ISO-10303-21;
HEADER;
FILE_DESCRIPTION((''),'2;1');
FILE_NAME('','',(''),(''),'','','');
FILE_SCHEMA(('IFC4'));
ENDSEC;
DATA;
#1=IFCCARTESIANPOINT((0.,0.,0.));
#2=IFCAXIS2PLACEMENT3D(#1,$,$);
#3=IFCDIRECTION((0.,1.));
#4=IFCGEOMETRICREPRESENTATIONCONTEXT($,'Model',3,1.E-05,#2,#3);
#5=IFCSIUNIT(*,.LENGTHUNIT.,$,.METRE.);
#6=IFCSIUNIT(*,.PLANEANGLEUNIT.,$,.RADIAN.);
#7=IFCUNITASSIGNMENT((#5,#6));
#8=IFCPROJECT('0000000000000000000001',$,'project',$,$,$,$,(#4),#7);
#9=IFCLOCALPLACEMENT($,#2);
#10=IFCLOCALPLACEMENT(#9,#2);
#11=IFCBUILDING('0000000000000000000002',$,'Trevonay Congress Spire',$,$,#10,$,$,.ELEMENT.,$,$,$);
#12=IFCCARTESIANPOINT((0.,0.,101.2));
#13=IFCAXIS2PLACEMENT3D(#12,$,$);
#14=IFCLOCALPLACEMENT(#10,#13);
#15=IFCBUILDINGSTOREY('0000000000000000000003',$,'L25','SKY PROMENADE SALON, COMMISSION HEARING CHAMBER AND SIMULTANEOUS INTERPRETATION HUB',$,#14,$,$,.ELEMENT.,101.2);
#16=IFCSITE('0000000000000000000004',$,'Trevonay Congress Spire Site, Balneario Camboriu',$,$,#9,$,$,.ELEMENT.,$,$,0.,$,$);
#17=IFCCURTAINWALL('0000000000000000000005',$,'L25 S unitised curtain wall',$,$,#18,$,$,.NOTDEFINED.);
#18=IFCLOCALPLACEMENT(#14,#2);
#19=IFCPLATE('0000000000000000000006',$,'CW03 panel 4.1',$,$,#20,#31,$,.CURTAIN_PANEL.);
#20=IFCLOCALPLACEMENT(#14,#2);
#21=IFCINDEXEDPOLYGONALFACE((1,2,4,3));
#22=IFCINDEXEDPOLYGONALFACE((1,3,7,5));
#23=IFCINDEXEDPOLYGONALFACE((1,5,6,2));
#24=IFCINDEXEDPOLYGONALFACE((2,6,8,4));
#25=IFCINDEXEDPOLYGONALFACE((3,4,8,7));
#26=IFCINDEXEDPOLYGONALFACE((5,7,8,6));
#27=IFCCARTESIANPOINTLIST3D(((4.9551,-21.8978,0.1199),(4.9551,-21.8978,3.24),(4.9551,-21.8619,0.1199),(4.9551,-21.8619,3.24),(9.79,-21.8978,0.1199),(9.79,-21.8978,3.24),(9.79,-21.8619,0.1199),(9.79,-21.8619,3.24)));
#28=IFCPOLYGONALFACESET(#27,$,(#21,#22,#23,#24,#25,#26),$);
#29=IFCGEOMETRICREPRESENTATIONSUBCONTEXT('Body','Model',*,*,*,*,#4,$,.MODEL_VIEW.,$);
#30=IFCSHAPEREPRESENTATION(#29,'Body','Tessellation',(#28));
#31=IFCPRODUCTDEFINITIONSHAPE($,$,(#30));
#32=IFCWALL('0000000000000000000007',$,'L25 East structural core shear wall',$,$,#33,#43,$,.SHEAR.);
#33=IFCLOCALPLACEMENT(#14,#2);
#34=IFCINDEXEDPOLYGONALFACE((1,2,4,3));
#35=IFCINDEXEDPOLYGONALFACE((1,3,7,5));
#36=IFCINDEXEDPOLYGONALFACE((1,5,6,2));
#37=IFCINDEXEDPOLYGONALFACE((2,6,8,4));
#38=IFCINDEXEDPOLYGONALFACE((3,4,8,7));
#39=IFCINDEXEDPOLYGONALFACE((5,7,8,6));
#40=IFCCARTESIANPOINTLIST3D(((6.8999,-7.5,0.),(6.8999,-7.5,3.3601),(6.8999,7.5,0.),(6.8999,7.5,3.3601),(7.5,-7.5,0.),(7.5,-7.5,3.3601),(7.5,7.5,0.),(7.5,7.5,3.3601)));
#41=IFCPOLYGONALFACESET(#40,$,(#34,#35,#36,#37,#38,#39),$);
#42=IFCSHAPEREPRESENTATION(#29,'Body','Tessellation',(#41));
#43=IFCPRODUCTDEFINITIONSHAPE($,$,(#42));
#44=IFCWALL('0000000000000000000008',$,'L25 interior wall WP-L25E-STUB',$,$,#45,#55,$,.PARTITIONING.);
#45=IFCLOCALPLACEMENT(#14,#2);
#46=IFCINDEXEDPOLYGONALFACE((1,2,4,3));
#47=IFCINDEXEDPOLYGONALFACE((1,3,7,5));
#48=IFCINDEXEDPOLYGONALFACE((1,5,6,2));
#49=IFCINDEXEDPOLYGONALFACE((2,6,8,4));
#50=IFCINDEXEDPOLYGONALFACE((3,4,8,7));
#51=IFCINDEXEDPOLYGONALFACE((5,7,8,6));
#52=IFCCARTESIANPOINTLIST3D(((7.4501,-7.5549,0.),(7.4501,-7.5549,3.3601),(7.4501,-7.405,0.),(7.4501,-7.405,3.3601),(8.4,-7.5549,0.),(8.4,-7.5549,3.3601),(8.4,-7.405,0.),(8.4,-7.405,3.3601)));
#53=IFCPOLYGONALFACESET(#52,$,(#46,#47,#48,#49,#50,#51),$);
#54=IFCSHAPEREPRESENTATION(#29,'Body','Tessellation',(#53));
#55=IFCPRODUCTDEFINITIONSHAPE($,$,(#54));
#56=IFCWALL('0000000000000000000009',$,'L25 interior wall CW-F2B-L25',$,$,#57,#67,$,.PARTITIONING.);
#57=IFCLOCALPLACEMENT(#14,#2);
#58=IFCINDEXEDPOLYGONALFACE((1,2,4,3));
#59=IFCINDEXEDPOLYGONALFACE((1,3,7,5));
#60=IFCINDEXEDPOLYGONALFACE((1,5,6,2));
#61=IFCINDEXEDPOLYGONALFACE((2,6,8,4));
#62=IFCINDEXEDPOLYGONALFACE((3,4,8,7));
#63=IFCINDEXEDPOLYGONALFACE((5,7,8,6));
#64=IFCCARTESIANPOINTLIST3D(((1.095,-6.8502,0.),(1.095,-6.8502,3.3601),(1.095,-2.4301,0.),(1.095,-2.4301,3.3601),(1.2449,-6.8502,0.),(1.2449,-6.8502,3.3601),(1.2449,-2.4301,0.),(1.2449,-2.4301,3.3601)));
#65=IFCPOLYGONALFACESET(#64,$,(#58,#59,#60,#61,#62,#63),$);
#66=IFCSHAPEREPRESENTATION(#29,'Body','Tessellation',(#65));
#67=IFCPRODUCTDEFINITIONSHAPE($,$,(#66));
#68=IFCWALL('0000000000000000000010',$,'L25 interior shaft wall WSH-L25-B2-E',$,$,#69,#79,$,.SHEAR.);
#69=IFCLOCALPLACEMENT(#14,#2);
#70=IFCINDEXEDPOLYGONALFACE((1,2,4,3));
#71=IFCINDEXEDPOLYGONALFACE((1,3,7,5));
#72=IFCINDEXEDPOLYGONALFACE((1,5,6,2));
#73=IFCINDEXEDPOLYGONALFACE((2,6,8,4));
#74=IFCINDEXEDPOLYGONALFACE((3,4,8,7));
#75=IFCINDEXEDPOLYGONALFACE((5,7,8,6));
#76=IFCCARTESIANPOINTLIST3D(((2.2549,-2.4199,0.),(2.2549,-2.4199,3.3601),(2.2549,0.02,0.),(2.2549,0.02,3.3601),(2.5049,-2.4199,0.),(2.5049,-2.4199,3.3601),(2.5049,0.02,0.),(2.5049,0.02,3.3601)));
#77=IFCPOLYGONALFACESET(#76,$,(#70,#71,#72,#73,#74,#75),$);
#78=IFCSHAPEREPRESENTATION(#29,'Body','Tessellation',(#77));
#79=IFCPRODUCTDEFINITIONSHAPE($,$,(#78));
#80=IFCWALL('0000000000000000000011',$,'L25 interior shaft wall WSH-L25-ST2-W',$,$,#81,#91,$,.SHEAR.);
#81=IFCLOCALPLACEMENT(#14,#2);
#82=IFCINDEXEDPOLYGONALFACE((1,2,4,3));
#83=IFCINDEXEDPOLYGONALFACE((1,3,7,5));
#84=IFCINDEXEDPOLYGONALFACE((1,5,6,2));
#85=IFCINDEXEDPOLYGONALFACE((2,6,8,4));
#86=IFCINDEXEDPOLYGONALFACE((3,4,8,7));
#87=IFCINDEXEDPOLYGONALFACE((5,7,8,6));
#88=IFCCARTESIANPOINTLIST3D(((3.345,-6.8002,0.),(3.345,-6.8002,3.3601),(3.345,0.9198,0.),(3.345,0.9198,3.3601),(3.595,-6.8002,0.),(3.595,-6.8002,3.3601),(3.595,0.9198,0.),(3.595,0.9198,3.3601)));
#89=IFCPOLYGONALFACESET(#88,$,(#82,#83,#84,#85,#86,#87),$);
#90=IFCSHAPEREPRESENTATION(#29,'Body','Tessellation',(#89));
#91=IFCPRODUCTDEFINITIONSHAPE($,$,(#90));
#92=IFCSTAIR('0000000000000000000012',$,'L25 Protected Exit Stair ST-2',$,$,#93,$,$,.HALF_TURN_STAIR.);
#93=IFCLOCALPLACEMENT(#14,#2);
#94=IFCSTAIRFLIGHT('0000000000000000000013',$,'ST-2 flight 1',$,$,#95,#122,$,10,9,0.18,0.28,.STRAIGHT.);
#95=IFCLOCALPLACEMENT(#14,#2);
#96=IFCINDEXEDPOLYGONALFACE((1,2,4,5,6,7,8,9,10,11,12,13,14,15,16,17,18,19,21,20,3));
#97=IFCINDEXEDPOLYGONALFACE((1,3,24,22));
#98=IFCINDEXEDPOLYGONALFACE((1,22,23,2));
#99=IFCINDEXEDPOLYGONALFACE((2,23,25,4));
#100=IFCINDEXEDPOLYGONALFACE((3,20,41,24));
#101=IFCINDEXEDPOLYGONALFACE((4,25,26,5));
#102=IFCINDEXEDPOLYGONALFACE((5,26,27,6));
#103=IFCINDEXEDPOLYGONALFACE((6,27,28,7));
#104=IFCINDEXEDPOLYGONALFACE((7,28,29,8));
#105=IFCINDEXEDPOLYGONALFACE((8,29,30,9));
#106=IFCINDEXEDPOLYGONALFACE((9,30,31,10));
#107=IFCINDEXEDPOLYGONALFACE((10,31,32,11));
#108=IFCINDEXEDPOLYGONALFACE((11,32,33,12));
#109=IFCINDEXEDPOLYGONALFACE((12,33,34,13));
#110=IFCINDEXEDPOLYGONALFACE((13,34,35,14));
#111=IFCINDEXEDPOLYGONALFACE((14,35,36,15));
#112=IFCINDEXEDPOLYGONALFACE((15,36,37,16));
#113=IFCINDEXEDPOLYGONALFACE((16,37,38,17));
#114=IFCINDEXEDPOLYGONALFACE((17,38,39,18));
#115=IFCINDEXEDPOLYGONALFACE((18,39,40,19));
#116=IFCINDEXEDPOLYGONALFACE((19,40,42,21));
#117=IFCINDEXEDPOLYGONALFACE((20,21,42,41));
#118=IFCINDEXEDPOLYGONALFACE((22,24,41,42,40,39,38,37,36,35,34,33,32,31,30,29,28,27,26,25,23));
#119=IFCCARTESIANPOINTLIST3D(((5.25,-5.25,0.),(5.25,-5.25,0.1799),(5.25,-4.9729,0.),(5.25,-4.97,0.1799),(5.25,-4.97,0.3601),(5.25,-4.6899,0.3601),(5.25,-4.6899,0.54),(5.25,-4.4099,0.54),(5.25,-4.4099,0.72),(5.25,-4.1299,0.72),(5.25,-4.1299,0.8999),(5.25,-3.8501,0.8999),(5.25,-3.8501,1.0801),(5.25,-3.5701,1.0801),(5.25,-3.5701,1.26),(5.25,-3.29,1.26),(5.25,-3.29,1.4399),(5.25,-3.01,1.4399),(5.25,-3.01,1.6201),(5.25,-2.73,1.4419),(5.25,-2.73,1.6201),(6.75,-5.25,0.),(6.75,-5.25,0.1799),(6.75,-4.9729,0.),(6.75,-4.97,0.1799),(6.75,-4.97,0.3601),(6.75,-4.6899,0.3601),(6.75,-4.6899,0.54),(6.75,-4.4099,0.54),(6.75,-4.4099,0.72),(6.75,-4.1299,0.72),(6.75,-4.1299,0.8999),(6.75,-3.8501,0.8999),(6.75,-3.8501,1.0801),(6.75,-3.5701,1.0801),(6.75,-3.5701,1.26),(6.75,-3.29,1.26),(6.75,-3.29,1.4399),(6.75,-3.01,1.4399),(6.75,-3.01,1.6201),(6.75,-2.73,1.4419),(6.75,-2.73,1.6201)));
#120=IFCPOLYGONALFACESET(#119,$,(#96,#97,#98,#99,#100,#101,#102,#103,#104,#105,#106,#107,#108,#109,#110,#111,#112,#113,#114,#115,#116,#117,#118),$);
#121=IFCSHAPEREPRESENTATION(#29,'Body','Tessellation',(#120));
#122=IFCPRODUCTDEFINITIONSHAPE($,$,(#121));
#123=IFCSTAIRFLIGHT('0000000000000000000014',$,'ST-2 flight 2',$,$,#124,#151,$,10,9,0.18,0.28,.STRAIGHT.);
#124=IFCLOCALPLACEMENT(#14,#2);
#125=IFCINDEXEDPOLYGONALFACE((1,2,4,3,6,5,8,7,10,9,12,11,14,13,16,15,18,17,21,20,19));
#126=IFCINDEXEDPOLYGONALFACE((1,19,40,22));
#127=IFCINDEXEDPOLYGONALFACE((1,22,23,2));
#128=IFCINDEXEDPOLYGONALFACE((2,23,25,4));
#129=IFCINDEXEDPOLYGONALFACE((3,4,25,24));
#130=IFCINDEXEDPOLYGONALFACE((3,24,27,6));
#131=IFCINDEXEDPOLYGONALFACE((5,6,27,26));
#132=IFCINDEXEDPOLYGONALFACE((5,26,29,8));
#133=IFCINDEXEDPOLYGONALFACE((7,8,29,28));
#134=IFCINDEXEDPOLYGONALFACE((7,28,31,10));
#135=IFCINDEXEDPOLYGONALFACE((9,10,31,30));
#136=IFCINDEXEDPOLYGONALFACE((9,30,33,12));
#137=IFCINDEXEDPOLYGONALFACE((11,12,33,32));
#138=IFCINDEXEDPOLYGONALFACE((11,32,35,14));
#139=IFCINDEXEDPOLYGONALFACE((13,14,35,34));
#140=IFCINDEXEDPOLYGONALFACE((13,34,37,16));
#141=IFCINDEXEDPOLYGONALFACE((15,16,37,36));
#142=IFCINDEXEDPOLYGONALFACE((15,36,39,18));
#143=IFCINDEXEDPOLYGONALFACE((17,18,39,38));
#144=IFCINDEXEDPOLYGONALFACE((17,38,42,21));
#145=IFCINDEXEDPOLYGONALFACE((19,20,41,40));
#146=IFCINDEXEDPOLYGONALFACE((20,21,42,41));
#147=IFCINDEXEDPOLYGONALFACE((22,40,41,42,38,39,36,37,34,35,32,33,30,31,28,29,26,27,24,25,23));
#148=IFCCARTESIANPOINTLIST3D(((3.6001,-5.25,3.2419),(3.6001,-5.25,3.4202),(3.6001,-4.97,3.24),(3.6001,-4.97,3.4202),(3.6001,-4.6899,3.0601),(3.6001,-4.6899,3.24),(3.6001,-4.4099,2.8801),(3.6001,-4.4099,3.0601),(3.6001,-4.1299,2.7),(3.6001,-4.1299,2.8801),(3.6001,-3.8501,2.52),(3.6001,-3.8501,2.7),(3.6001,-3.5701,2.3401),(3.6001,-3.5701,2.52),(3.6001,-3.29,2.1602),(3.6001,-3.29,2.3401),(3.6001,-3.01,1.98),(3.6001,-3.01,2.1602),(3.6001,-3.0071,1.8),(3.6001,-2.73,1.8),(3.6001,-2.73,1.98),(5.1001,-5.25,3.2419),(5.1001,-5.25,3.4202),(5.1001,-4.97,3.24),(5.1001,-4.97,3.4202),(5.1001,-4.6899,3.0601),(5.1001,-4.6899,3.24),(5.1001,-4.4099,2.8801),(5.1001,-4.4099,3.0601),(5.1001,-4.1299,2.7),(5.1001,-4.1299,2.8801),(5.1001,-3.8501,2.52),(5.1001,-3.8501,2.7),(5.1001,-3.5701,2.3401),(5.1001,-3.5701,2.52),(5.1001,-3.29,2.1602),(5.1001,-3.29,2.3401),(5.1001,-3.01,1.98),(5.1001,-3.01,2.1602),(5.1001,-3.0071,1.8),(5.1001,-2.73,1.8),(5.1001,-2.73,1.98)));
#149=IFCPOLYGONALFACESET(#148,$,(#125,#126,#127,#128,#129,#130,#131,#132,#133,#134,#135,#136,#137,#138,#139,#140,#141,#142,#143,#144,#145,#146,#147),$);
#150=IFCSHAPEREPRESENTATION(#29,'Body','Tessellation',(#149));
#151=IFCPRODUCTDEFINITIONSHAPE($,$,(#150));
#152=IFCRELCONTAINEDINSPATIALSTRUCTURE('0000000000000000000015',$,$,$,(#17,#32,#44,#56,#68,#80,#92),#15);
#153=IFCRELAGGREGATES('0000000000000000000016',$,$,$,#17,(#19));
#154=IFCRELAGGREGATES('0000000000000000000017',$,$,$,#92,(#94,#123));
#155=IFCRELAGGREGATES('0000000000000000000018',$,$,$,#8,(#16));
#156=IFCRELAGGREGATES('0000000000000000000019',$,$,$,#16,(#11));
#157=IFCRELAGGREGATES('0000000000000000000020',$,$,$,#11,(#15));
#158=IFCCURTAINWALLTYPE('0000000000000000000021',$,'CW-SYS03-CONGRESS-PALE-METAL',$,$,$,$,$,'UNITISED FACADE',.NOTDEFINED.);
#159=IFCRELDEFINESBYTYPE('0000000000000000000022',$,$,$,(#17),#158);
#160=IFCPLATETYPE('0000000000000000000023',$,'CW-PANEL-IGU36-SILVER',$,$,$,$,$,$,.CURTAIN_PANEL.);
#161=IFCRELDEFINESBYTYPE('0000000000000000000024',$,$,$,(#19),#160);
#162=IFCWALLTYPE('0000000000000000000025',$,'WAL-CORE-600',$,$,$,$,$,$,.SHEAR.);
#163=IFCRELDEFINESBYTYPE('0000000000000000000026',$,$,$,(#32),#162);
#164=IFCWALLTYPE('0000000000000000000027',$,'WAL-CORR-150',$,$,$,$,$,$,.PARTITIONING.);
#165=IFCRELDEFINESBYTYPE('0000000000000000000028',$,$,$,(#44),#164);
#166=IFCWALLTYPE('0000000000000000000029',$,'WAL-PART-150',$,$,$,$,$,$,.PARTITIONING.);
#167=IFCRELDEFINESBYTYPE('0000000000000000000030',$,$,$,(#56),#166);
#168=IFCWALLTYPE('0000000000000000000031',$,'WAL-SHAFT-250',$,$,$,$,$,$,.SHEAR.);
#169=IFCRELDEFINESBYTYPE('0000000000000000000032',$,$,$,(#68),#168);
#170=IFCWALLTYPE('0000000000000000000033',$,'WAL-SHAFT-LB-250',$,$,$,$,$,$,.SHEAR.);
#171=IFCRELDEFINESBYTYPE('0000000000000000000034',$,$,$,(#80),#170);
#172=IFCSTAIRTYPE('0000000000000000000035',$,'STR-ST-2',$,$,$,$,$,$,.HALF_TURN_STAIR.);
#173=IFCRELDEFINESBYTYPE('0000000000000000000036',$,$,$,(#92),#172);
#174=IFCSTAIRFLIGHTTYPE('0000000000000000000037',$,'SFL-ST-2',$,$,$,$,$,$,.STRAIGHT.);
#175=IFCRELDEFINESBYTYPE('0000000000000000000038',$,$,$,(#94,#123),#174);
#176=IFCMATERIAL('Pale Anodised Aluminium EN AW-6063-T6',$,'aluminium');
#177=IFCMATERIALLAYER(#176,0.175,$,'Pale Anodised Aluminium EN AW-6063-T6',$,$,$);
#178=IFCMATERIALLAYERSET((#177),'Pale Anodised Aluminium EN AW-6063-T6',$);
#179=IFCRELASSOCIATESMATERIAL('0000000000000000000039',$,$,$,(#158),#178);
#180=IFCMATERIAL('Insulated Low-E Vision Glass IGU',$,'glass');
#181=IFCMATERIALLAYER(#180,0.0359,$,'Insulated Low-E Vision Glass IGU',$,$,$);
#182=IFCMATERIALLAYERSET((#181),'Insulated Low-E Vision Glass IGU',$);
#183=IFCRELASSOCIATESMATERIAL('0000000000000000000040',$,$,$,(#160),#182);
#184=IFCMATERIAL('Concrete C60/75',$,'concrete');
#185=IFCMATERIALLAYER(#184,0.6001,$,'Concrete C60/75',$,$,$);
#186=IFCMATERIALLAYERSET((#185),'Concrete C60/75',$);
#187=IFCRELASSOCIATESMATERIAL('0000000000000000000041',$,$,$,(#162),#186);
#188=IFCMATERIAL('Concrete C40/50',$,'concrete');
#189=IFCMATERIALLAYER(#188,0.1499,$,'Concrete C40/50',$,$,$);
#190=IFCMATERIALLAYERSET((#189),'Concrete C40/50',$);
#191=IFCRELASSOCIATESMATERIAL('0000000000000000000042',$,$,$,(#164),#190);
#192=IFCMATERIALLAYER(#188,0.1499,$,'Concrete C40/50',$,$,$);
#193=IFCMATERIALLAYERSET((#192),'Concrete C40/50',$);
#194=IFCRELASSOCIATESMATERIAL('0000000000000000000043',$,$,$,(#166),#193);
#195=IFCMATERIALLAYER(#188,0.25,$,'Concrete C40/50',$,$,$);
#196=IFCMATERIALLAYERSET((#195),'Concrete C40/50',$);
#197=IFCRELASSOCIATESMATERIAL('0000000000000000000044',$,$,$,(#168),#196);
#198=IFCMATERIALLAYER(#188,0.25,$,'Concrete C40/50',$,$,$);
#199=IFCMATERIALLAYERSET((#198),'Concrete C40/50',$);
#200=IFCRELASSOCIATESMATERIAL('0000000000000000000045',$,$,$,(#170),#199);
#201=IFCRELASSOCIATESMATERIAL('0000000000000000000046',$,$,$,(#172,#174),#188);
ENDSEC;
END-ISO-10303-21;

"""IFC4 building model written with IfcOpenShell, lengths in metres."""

from ifc_helpers import new_model, si_unit, direction, frame, frame_2d, origin, origin_2d, place, context, subcontext, project, spatial, polyline, rectangle, outline, extrude, material, layer, layer_set, type_object, element, aggregate, save


model = new_model("IFC4")

# Units and contexts
model_context = context("Model", 3, precision=1e-05, world=origin(), true_north=direction((0.0, 1.0)))
body_context = subcontext(model_context, "Body", "Model", "MODEL_VIEW")
ifc_project = project(units=[si_unit("LENGTHUNIT", "METRE"), si_unit("PLANEANGLEUNIT", "RADIAN")], contexts=[model_context])

# Site, building, storey
site_placement = place(None, origin())
site = spatial("IfcSite", under=ifc_project, at=site_placement, Name="Trevonay Congress Spire Site, Balneario Camboriu", CompositionType="ELEMENT", RefElevation=0.0)
building_placement = place(site_placement, origin())
building = spatial("IfcBuilding", under=site, at=building_placement, Name="Trevonay Congress Spire", CompositionType="ELEMENT")
storey_placement = place(building_placement, frame((0.0, 0.0, 101.2)))
storey = spatial("IfcBuildingStorey", under=building, at=storey_placement, Name="L25", Description="SKY PROMENADE SALON, COMMISSION HEARING CHAMBER AND SIMULTANEOUS INTERPRETATION HUB", CompositionType="ELEMENT", Elevation=101.2)

# Curtain wall
ifc_material_1 = material(Name="Pale Anodised Aluminium EN AW-6063-T6", Category="aluminium")
ifc_layer_1 = layer(ifc_material_1, 0.175, Name="Pale Anodised Aluminium EN AW-6063-T6")
ifc_layer_set_1 = layer_set([ifc_layer_1], Name="Pale Anodised Aluminium EN AW-6063-T6")
curtain_wall_type = type_object("IfcCurtainWallType", Name="CW-SYS03-CONGRESS-PALE-METAL", ElementType="UNITISED FACADE", PredefinedType="NOTDEFINED", material=ifc_layer_set_1)
curtain_wall_placement = place(storey_placement, origin())
curtain_wall = element("IfcCurtainWall", 1, at=curtain_wall_placement, inside=storey, type_object=curtain_wall_type, Name="L25 S unitised curtain wall", PredefinedType="NOTDEFINED")

# Plate
ifc_material_2 = material(Name="Insulated Low-E Vision Glass IGU", Category="glass")
ifc_layer_2 = layer(ifc_material_2, 0.0359, Name="Insulated Low-E Vision Glass IGU")
ifc_layer_set_2 = layer_set([ifc_layer_2], Name="Insulated Low-E Vision Glass IGU")
plate_type = type_object("IfcPlateType", Name="CW-PANEL-IGU36-SILVER", PredefinedType="CURTAIN_PANEL", material=ifc_layer_set_2)
plate_1_placement = place(storey_placement, frame((7.3726, -21.8799, 0.1199), z_axis=(0.0, 0.0, 1.0), x_axis=(1.0, 0.0, 0.0)))
plate_1 = element("IfcPlate", 2, at=plate_1_placement, type_object=plate_type, Name="CW03 panel 4.1", PredefinedType="CURTAIN_PANEL", context=body_context, shape_type="SweptSolid", body=[
    extrude(rectangle(XDim=4.835, YDim=0.0359, at=origin_2d()), origin(), (0.0, 0.0, 1.0), 3.1201),
])
aggregate(curtain_wall, [plate_1])

# Walls
ifc_material_3 = material(Name="Concrete C60/75", Category="concrete")
ifc_layer_3 = layer(ifc_material_3, 0.6001, Name="Concrete C60/75")
ifc_layer_set_3 = layer_set([ifc_layer_3], Name="Concrete C60/75")
wall_type_1 = type_object("IfcWallType", Name="WAL-CORE-600", PredefinedType="SHEAR", material=ifc_layer_set_3)
wall_1_placement = place(storey_placement, frame((7.2, -7.5, 0.0), z_axis=(0.0, 0.0, 1.0), x_axis=(0.0, 1.0, 0.0)))
element("IfcWall", 3, at=wall_1_placement, inside=storey, type_object=wall_type_1, Name="L25 East structural core shear wall", PredefinedType="SHEAR", context=body_context, shape_type="SweptSolid", body=[
    extrude(rectangle(XDim=15.0, YDim=0.6001, at=frame_2d((7.5, 0.0))), origin(), (0.0, 0.0, 1.0), 3.3601),
])
ifc_material_4 = material(Name="Concrete C40/50", Category="concrete")
ifc_layer_4 = layer(ifc_material_4, 0.1499, Name="Concrete C40/50")
ifc_layer_set_4 = layer_set([ifc_layer_4], Name="Concrete C40/50")
wall_type_2 = type_object("IfcWallType", Name="WAL-CORR-150", PredefinedType="PARTITIONING", material=ifc_layer_set_4)
wall_2_placement = place(storey_placement, frame((7.45, -7.48, 0.0), z_axis=(0.0, 0.0, 1.0), x_axis=(1.0, 0.0, 0.0)))
element("IfcWall", 4, at=wall_2_placement, inside=storey, type_object=wall_type_2, Name="L25 interior wall WP-L25E-STUB", PredefinedType="PARTITIONING", context=body_context, shape_type="SweptSolid", body=[
    extrude(rectangle(XDim=0.95, YDim=0.1499, at=frame_2d((0.4751, 0.0))), origin(), (0.0, 0.0, 1.0), 3.3601),
])
ifc_layer_5 = layer(ifc_material_4, 0.1499, Name="Concrete C40/50")
ifc_layer_set_5 = layer_set([ifc_layer_5], Name="Concrete C40/50")
wall_type_3 = type_object("IfcWallType", Name="WAL-PART-150", PredefinedType="PARTITIONING", material=ifc_layer_set_5)
wall_3_placement = place(storey_placement, frame((1.1699, -6.8501, 0.0), z_axis=(0.0, 0.0, 1.0), x_axis=(0.0, 1.0, 0.0)))
element("IfcWall", 5, at=wall_3_placement, inside=storey, type_object=wall_type_3, Name="L25 interior wall CW-F2B-L25", PredefinedType="PARTITIONING", context=body_context, shape_type="SweptSolid", body=[
    extrude(rectangle(XDim=4.4202, YDim=0.1499, at=frame_2d((2.21, 0.0))), origin(), (0.0, 0.0, 1.0), 3.3601),
])
ifc_layer_6 = layer(ifc_material_4, 0.25, Name="Concrete C40/50")
ifc_layer_set_6 = layer_set([ifc_layer_6], Name="Concrete C40/50")
wall_type_4 = type_object("IfcWallType", Name="WAL-SHAFT-250", PredefinedType="SHEAR", material=ifc_layer_set_6)
wall_4_placement = place(storey_placement, frame((2.3799, -2.4199, 0.0), z_axis=(0.0, 0.0, 1.0), x_axis=(0.0, 1.0, 0.0)))
element("IfcWall", 6, at=wall_4_placement, inside=storey, type_object=wall_type_4, Name="L25 interior shaft wall WSH-L25-B2-E", PredefinedType="SHEAR", context=body_context, shape_type="SweptSolid", body=[
    extrude(rectangle(XDim=2.4399, YDim=0.25, at=frame_2d((1.22, 0.0))), origin(), (0.0, 0.0, 1.0), 3.3601),
])
ifc_layer_7 = layer(ifc_material_4, 0.25, Name="Concrete C40/50")
ifc_layer_set_7 = layer_set([ifc_layer_7], Name="Concrete C40/50")
wall_type_5 = type_object("IfcWallType", Name="WAL-SHAFT-LB-250", PredefinedType="SHEAR", material=ifc_layer_set_7)
wall_5_placement = place(storey_placement, frame((3.47, -6.8, 0.0), z_axis=(0.0, 0.0, 1.0), x_axis=(0.0, 1.0, 0.0)))
element("IfcWall", 7, at=wall_5_placement, inside=storey, type_object=wall_type_5, Name="L25 interior shaft wall WSH-L25-ST2-W", PredefinedType="SHEAR", context=body_context, shape_type="SweptSolid", body=[
    extrude(rectangle(XDim=7.72, YDim=0.25, at=frame_2d((3.8599, 0.0))), origin(), (0.0, 0.0, 1.0), 3.3601),
])

# Stair, stair flights
stair_type = type_object("IfcStairType", Name="STR-ST-2", PredefinedType="HALF_TURN_STAIR", material=ifc_material_4)
stair_placement = place(storey_placement, origin())
stair = element("IfcStair", 8, at=stair_placement, inside=storey, type_object=stair_type, Name="L25 Protected Exit Stair ST-2", PredefinedType="HALF_TURN_STAIR")
stair_flight_type = type_object("IfcStairFlightType", Name="SFL-ST-2", PredefinedType="STRAIGHT", material=ifc_material_4)
stair_flight_1_placement = place(storey_placement, frame((6.0, -5.25, 0.0), z_axis=(0.0, 0.0, 1.0), x_axis=(0.0, 1.0, 0.0)))
stair_flight_1 = element("IfcStairFlight", 9, at=stair_flight_1_placement, type_object=stair_flight_type, Name="ST-2 flight 1", NumberOfRisers=10, NumberOfTreads=9, PredefinedType="STRAIGHT", RiserHeight=0.18, TreadLength=0.28, context=body_context, shape_type="SweptSolid", body=[
    extrude(outline(polyline([(0.0, 0.0), (0.0, 0.1799), (0.28, 0.1799), (0.28, 0.3601), (0.5601, 0.3601), (0.5601, 0.54), (0.8401, 0.54), (0.8401, 0.72), (1.1201, 0.72), (1.1201, 0.8999), (1.3999, 0.8999), (1.3999, 1.0801), (1.6799, 1.0801), (1.6799, 1.26), (1.96, 1.26), (1.96, 1.4399), (2.24, 1.4399), (2.24, 1.6201), (2.52, 1.6201), (2.52, 1.8), (2.52, 1.4419), (0.2771, 0.0), (0.0, 0.0)])), frame((0.0, 0.75, 0.0), z_axis=(0.0, -1.0, 0.0), x_axis=(1.0, 0.0, 0.0)), (0.0, 0.0, 1.0), 1.5),
])
stair_flight_2_placement = place(storey_placement, frame((4.3501, -2.73, 1.8), z_axis=(0.0, 0.0, 1.0), x_axis=(0.0, -1.0, 0.0)))
stair_flight_2 = element("IfcStairFlight", 10, at=stair_flight_2_placement, type_object=stair_flight_type, Name="ST-2 flight 2", NumberOfRisers=10, NumberOfTreads=9, PredefinedType="STRAIGHT", RiserHeight=0.18, TreadLength=0.28, context=body_context, shape_type="SweptSolid", body=[
    extrude(outline(polyline([(0.0, 0.0), (0.0, 0.1799), (0.28, 0.1799), (0.28, 0.3601), (0.5601, 0.3601), (0.5601, 0.54), (0.8401, 0.54), (0.8401, 0.72), (1.1201, 0.72), (1.1201, 0.8999), (1.3999, 0.8999), (1.3999, 1.0801), (1.6799, 1.0801), (1.6799, 1.26), (1.96, 1.26), (1.96, 1.4399), (2.24, 1.4399), (2.24, 1.6201), (2.52, 1.6201), (2.52, 1.8), (2.52, 1.4419), (0.2771, 0.0), (0.0, 0.0)])), frame((0.0, 0.75, 0.0), z_axis=(0.0, -1.0, 0.0), x_axis=(1.0, 0.0, 0.0)), (0.0, 0.0, 1.0), 1.5),
])
aggregate(stair, [stair_flight_1, stair_flight_2])

save(model, "model.ifc")
